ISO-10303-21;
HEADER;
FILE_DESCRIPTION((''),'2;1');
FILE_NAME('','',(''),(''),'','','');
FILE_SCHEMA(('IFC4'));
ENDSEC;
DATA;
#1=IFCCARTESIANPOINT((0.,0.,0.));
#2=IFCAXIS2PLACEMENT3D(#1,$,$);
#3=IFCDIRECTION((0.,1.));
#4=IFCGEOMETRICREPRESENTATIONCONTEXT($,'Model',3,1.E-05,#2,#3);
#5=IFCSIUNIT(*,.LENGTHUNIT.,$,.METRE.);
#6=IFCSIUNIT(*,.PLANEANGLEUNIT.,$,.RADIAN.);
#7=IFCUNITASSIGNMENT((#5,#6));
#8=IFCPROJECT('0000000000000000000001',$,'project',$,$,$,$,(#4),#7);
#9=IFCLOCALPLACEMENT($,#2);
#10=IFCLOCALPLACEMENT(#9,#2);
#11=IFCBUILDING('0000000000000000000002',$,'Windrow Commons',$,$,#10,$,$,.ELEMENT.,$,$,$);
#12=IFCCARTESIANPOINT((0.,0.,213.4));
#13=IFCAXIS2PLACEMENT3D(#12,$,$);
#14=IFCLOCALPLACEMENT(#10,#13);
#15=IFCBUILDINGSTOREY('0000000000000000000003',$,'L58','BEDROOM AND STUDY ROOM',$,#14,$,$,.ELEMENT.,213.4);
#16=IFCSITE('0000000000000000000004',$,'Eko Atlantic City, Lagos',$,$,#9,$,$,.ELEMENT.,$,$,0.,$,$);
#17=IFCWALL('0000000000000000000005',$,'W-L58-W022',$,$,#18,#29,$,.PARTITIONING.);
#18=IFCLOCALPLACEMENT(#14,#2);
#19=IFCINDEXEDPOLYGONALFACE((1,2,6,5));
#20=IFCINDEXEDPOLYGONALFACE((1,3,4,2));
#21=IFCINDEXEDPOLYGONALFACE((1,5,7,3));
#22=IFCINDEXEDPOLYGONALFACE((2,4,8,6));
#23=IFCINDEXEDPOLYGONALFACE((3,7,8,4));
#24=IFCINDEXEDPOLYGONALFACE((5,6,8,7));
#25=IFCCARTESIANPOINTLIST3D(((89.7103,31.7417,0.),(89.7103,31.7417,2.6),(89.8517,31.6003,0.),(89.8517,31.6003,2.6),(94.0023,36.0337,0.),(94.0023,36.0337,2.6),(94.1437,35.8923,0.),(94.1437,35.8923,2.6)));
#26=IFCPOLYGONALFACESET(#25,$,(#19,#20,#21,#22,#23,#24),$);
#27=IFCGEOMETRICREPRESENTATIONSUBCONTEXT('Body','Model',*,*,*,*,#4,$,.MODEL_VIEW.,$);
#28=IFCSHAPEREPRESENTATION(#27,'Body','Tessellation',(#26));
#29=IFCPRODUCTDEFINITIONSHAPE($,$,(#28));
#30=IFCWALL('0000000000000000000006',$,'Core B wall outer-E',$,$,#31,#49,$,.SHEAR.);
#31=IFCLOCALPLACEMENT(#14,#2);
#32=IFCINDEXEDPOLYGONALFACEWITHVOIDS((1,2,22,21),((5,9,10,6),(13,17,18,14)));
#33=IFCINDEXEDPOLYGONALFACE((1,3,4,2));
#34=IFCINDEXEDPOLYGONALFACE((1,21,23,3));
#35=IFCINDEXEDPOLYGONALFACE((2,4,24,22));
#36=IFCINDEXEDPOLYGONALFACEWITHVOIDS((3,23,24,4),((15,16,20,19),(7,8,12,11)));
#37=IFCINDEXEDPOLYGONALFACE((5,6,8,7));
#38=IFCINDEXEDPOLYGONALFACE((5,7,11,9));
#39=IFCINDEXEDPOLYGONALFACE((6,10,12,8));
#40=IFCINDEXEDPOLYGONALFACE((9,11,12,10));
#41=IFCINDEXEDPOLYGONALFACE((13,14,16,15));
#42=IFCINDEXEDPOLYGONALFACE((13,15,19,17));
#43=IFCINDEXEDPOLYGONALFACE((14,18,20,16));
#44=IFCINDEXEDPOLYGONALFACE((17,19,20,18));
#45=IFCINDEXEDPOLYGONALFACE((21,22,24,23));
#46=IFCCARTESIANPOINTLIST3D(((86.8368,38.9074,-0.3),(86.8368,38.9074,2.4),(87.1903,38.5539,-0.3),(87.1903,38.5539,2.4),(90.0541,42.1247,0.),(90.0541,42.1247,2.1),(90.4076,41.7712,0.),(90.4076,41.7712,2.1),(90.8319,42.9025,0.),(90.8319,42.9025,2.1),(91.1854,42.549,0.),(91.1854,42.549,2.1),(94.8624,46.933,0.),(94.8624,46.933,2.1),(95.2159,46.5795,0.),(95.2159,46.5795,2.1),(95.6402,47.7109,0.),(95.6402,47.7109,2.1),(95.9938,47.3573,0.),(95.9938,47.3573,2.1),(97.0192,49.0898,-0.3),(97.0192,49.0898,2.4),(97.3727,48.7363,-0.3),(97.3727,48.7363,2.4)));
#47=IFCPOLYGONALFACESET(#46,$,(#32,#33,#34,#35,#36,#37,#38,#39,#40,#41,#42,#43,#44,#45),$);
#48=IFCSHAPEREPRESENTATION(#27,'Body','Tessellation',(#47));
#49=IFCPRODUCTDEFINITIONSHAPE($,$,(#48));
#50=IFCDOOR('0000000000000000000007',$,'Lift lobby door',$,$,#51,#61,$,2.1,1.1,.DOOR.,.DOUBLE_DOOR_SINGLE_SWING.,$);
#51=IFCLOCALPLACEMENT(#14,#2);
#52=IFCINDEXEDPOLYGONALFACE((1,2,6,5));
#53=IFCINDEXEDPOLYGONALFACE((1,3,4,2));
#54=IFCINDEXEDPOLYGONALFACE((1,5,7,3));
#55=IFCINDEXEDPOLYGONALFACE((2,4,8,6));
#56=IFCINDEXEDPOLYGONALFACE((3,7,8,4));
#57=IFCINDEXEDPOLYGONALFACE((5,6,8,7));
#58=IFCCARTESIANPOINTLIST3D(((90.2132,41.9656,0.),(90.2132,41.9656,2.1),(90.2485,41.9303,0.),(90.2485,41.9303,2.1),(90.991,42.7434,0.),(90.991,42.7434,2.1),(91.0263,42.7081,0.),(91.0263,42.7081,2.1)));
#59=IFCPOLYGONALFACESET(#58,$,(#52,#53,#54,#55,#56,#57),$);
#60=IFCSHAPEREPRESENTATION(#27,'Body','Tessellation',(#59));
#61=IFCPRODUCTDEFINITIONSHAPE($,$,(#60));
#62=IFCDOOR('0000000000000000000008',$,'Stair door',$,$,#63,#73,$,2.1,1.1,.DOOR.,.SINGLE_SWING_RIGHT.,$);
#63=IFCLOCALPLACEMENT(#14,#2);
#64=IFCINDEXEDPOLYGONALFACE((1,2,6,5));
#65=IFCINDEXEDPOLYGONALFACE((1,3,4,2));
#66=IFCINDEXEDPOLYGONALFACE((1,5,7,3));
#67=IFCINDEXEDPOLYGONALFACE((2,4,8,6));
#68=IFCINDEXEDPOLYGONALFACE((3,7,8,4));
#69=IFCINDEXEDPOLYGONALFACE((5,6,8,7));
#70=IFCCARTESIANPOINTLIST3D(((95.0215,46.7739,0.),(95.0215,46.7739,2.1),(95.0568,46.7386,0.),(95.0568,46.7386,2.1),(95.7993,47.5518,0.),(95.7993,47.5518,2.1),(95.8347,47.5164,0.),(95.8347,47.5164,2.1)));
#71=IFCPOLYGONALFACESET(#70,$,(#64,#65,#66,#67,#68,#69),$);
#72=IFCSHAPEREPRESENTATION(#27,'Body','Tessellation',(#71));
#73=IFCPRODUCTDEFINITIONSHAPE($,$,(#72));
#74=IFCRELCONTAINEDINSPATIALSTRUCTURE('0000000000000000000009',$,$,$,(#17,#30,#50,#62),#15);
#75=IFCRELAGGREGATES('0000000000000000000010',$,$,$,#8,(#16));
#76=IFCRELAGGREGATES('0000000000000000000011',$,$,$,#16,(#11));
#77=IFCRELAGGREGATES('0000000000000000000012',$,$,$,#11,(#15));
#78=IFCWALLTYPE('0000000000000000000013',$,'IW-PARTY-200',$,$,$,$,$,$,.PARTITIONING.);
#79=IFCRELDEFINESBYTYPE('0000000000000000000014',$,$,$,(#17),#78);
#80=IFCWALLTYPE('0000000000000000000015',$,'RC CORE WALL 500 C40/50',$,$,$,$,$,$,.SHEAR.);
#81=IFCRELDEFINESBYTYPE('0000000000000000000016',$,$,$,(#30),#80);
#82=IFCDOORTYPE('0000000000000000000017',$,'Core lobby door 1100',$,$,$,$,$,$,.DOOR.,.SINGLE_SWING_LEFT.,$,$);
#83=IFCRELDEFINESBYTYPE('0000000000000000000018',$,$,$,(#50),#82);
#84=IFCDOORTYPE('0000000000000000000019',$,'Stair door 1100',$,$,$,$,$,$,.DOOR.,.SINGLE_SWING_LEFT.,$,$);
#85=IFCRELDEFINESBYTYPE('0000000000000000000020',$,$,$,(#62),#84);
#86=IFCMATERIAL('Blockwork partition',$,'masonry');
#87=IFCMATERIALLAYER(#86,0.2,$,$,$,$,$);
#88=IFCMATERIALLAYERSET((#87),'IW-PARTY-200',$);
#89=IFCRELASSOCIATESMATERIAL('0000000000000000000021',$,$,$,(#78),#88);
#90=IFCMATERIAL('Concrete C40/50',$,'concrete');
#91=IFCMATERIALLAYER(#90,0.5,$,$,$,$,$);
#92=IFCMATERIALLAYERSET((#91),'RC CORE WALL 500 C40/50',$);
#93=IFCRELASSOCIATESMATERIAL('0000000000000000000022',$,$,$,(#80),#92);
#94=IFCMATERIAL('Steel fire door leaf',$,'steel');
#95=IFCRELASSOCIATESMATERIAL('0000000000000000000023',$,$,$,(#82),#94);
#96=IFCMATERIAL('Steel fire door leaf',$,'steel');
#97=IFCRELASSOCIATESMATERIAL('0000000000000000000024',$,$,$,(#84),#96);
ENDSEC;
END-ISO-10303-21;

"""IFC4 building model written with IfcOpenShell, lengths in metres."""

from ifc_helpers import new_model, si_unit, direction, frame, frame_2d, origin, place, context, subcontext, project, spatial, rectangle, extrude, material, layer, layer_set, type_object, element, fill, save


model = new_model("IFC4")

# Units and contexts
model_context = context("Model", 3, precision=1e-05, world=origin(), true_north=direction((0.0, 1.0)))
body_context = subcontext(model_context, "Body", "Model", "MODEL_VIEW")
ifc_project = project(units=[si_unit("LENGTHUNIT", "METRE"), si_unit("PLANEANGLEUNIT", "RADIAN")], contexts=[model_context])

# Site, building, storey
site_placement = place(None, origin())
site = spatial("IfcSite", under=ifc_project, at=site_placement, Name="Eko Atlantic City, Lagos", CompositionType="ELEMENT", RefElevation=0.0)
building_placement = place(site_placement, origin())
building = spatial("IfcBuilding", under=site, at=building_placement, Name="Windrow Commons", CompositionType="ELEMENT")
storey_placement = place(building_placement, frame((0.0, 0.0, 213.4)))
storey = spatial("IfcBuildingStorey", under=building, at=storey_placement, Name="L58", Description="BEDROOM AND STUDY ROOM", CompositionType="ELEMENT", Elevation=213.4)

# Wall
ifc_material_1 = material(Name="Blockwork partition", Category="masonry")
ifc_layer_1 = layer(ifc_material_1, 0.2)
ifc_layer_set_1 = layer_set([ifc_layer_1], Name="IW-PARTY-200")
wall_type_1 = type_object("IfcWallType", Name="IW-PARTY-200", PredefinedType="PARTITIONING", material=ifc_layer_set_1)
wall_1_placement = place(storey_placement, frame((89.781, 31.671, 0.0), z_axis=(0.0, 0.0, 1.0), x_axis=(0.707107, 0.707107, 0.0)))
element("IfcWall", 1, at=wall_1_placement, inside=storey, type_object=wall_type_1, Name="W-L58-W022", PredefinedType="PARTITIONING", context=body_context, shape_type="SweptSolid", body=[
    extrude(rectangle(XDim=6.0698, YDim=0.2, at=frame_2d((3.0349, 0.0))), origin(), (0.0, 0.0, 1.0), 2.6),
])

# Wall, openings, doors
ifc_material_2 = material(Name="Concrete C40/50", Category="concrete")
ifc_layer_2 = layer(ifc_material_2, 0.5)
ifc_layer_set_2 = layer_set([ifc_layer_2], Name="RC CORE WALL 500 C40/50")
wall_type_2 = type_object("IfcWallType", Name="RC CORE WALL 500 C40/50", PredefinedType="SHEAR", material=ifc_layer_set_2)
wall_2_placement = place(storey_placement, frame((87.0135, 38.7306, -0.3), z_axis=(0.0, 0.0, 1.0), x_axis=(0.707107, 0.707107, 0.0)))
wall_2 = element("IfcWall", 2, at=wall_2_placement, inside=storey, type_object=wall_type_2, Name="Core B wall outer-E", PredefinedType="SHEAR", context=body_context, shape_type="SweptSolid", body=[
    extrude(rectangle(XDim=14.4001, YDim=0.5, at=frame_2d((7.2001, 0.0))), origin(), (0.0, 0.0, 1.0), 2.7),
])
opening_1_placement = place(wall_2_placement, frame((4.55, 0.0, 0.3)))
opening_1 = element("IfcOpeningElement", 3, at=opening_1_placement, cuts=wall_2, PredefinedType="OPENING", context=body_context, shape_type="SweptSolid", body=[
    extrude(rectangle(XDim=1.1, YDim=2.1, at=frame_2d((0.55, 1.05))), frame((0.0, 0.26, 0.0), z_axis=(0.0, -1.0, 0.0), x_axis=(1.0, 0.0, 0.0)), (0.0, 0.0, 1.0), 0.52),
])
opening_2_placement = place(wall_2_placement, frame((11.35, 0.0, 0.3)))
opening_2 = element("IfcOpeningElement", 4, at=opening_2_placement, cuts=wall_2, PredefinedType="OPENING", context=body_context, shape_type="SweptSolid", body=[
    extrude(rectangle(XDim=1.1, YDim=2.1, at=frame_2d((0.55, 1.05))), frame((0.0, 0.26, 0.0), z_axis=(0.0, -1.0, 0.0), x_axis=(1.0, 0.0, 0.0)), (0.0, 0.0, 1.0), 0.52),
])
ifc_material_3 = material(Name="Steel fire door leaf", Category="steel")
door_type_1 = type_object("IfcDoorType", Name="Core lobby door 1100", OperationType="SINGLE_SWING_LEFT", PredefinedType="DOOR", material=ifc_material_3)
door_1_placement = place(opening_1_placement, origin())
door_1 = element("IfcDoor", 5, at=door_1_placement, inside=storey, type_object=door_type_1, Name="Lift lobby door", OperationType="DOUBLE_DOOR_SINGLE_SWING", OverallHeight=2.1, OverallWidth=1.1, PredefinedType="DOOR", context=body_context, shape_type="SweptSolid", body=[
    extrude(rectangle(XDim=1.1, YDim=2.1, at=frame_2d((0.55, 1.05))), frame((0.0, 0.025, 0.0), z_axis=(0.0, -1.0, 0.0), x_axis=(1.0, 0.0, 0.0)), (0.0, 0.0, 1.0), 0.05),
])
fill(opening_1, door_1)
ifc_material_4 = material(Name="Steel fire door leaf", Category="steel")
door_type_2 = type_object("IfcDoorType", Name="Stair door 1100", OperationType="SINGLE_SWING_LEFT", PredefinedType="DOOR", material=ifc_material_4)
door_2_placement = place(opening_2_placement, origin())
door_2 = element("IfcDoor", 6, at=door_2_placement, inside=storey, type_object=door_type_2, Name="Stair door", OperationType="SINGLE_SWING_RIGHT", OverallHeight=2.1, OverallWidth=1.1, PredefinedType="DOOR", context=body_context, shape_type="SweptSolid", body=[
    extrude(rectangle(XDim=1.1, YDim=2.1, at=frame_2d((0.55, 1.05))), frame((0.0, 0.025, 0.0), z_axis=(0.0, -1.0, 0.0), x_axis=(1.0, 0.0, 0.0)), (0.0, 0.0, 1.0), 0.05),
])
fill(opening_2, door_2)

save(model, "model.ifc")
